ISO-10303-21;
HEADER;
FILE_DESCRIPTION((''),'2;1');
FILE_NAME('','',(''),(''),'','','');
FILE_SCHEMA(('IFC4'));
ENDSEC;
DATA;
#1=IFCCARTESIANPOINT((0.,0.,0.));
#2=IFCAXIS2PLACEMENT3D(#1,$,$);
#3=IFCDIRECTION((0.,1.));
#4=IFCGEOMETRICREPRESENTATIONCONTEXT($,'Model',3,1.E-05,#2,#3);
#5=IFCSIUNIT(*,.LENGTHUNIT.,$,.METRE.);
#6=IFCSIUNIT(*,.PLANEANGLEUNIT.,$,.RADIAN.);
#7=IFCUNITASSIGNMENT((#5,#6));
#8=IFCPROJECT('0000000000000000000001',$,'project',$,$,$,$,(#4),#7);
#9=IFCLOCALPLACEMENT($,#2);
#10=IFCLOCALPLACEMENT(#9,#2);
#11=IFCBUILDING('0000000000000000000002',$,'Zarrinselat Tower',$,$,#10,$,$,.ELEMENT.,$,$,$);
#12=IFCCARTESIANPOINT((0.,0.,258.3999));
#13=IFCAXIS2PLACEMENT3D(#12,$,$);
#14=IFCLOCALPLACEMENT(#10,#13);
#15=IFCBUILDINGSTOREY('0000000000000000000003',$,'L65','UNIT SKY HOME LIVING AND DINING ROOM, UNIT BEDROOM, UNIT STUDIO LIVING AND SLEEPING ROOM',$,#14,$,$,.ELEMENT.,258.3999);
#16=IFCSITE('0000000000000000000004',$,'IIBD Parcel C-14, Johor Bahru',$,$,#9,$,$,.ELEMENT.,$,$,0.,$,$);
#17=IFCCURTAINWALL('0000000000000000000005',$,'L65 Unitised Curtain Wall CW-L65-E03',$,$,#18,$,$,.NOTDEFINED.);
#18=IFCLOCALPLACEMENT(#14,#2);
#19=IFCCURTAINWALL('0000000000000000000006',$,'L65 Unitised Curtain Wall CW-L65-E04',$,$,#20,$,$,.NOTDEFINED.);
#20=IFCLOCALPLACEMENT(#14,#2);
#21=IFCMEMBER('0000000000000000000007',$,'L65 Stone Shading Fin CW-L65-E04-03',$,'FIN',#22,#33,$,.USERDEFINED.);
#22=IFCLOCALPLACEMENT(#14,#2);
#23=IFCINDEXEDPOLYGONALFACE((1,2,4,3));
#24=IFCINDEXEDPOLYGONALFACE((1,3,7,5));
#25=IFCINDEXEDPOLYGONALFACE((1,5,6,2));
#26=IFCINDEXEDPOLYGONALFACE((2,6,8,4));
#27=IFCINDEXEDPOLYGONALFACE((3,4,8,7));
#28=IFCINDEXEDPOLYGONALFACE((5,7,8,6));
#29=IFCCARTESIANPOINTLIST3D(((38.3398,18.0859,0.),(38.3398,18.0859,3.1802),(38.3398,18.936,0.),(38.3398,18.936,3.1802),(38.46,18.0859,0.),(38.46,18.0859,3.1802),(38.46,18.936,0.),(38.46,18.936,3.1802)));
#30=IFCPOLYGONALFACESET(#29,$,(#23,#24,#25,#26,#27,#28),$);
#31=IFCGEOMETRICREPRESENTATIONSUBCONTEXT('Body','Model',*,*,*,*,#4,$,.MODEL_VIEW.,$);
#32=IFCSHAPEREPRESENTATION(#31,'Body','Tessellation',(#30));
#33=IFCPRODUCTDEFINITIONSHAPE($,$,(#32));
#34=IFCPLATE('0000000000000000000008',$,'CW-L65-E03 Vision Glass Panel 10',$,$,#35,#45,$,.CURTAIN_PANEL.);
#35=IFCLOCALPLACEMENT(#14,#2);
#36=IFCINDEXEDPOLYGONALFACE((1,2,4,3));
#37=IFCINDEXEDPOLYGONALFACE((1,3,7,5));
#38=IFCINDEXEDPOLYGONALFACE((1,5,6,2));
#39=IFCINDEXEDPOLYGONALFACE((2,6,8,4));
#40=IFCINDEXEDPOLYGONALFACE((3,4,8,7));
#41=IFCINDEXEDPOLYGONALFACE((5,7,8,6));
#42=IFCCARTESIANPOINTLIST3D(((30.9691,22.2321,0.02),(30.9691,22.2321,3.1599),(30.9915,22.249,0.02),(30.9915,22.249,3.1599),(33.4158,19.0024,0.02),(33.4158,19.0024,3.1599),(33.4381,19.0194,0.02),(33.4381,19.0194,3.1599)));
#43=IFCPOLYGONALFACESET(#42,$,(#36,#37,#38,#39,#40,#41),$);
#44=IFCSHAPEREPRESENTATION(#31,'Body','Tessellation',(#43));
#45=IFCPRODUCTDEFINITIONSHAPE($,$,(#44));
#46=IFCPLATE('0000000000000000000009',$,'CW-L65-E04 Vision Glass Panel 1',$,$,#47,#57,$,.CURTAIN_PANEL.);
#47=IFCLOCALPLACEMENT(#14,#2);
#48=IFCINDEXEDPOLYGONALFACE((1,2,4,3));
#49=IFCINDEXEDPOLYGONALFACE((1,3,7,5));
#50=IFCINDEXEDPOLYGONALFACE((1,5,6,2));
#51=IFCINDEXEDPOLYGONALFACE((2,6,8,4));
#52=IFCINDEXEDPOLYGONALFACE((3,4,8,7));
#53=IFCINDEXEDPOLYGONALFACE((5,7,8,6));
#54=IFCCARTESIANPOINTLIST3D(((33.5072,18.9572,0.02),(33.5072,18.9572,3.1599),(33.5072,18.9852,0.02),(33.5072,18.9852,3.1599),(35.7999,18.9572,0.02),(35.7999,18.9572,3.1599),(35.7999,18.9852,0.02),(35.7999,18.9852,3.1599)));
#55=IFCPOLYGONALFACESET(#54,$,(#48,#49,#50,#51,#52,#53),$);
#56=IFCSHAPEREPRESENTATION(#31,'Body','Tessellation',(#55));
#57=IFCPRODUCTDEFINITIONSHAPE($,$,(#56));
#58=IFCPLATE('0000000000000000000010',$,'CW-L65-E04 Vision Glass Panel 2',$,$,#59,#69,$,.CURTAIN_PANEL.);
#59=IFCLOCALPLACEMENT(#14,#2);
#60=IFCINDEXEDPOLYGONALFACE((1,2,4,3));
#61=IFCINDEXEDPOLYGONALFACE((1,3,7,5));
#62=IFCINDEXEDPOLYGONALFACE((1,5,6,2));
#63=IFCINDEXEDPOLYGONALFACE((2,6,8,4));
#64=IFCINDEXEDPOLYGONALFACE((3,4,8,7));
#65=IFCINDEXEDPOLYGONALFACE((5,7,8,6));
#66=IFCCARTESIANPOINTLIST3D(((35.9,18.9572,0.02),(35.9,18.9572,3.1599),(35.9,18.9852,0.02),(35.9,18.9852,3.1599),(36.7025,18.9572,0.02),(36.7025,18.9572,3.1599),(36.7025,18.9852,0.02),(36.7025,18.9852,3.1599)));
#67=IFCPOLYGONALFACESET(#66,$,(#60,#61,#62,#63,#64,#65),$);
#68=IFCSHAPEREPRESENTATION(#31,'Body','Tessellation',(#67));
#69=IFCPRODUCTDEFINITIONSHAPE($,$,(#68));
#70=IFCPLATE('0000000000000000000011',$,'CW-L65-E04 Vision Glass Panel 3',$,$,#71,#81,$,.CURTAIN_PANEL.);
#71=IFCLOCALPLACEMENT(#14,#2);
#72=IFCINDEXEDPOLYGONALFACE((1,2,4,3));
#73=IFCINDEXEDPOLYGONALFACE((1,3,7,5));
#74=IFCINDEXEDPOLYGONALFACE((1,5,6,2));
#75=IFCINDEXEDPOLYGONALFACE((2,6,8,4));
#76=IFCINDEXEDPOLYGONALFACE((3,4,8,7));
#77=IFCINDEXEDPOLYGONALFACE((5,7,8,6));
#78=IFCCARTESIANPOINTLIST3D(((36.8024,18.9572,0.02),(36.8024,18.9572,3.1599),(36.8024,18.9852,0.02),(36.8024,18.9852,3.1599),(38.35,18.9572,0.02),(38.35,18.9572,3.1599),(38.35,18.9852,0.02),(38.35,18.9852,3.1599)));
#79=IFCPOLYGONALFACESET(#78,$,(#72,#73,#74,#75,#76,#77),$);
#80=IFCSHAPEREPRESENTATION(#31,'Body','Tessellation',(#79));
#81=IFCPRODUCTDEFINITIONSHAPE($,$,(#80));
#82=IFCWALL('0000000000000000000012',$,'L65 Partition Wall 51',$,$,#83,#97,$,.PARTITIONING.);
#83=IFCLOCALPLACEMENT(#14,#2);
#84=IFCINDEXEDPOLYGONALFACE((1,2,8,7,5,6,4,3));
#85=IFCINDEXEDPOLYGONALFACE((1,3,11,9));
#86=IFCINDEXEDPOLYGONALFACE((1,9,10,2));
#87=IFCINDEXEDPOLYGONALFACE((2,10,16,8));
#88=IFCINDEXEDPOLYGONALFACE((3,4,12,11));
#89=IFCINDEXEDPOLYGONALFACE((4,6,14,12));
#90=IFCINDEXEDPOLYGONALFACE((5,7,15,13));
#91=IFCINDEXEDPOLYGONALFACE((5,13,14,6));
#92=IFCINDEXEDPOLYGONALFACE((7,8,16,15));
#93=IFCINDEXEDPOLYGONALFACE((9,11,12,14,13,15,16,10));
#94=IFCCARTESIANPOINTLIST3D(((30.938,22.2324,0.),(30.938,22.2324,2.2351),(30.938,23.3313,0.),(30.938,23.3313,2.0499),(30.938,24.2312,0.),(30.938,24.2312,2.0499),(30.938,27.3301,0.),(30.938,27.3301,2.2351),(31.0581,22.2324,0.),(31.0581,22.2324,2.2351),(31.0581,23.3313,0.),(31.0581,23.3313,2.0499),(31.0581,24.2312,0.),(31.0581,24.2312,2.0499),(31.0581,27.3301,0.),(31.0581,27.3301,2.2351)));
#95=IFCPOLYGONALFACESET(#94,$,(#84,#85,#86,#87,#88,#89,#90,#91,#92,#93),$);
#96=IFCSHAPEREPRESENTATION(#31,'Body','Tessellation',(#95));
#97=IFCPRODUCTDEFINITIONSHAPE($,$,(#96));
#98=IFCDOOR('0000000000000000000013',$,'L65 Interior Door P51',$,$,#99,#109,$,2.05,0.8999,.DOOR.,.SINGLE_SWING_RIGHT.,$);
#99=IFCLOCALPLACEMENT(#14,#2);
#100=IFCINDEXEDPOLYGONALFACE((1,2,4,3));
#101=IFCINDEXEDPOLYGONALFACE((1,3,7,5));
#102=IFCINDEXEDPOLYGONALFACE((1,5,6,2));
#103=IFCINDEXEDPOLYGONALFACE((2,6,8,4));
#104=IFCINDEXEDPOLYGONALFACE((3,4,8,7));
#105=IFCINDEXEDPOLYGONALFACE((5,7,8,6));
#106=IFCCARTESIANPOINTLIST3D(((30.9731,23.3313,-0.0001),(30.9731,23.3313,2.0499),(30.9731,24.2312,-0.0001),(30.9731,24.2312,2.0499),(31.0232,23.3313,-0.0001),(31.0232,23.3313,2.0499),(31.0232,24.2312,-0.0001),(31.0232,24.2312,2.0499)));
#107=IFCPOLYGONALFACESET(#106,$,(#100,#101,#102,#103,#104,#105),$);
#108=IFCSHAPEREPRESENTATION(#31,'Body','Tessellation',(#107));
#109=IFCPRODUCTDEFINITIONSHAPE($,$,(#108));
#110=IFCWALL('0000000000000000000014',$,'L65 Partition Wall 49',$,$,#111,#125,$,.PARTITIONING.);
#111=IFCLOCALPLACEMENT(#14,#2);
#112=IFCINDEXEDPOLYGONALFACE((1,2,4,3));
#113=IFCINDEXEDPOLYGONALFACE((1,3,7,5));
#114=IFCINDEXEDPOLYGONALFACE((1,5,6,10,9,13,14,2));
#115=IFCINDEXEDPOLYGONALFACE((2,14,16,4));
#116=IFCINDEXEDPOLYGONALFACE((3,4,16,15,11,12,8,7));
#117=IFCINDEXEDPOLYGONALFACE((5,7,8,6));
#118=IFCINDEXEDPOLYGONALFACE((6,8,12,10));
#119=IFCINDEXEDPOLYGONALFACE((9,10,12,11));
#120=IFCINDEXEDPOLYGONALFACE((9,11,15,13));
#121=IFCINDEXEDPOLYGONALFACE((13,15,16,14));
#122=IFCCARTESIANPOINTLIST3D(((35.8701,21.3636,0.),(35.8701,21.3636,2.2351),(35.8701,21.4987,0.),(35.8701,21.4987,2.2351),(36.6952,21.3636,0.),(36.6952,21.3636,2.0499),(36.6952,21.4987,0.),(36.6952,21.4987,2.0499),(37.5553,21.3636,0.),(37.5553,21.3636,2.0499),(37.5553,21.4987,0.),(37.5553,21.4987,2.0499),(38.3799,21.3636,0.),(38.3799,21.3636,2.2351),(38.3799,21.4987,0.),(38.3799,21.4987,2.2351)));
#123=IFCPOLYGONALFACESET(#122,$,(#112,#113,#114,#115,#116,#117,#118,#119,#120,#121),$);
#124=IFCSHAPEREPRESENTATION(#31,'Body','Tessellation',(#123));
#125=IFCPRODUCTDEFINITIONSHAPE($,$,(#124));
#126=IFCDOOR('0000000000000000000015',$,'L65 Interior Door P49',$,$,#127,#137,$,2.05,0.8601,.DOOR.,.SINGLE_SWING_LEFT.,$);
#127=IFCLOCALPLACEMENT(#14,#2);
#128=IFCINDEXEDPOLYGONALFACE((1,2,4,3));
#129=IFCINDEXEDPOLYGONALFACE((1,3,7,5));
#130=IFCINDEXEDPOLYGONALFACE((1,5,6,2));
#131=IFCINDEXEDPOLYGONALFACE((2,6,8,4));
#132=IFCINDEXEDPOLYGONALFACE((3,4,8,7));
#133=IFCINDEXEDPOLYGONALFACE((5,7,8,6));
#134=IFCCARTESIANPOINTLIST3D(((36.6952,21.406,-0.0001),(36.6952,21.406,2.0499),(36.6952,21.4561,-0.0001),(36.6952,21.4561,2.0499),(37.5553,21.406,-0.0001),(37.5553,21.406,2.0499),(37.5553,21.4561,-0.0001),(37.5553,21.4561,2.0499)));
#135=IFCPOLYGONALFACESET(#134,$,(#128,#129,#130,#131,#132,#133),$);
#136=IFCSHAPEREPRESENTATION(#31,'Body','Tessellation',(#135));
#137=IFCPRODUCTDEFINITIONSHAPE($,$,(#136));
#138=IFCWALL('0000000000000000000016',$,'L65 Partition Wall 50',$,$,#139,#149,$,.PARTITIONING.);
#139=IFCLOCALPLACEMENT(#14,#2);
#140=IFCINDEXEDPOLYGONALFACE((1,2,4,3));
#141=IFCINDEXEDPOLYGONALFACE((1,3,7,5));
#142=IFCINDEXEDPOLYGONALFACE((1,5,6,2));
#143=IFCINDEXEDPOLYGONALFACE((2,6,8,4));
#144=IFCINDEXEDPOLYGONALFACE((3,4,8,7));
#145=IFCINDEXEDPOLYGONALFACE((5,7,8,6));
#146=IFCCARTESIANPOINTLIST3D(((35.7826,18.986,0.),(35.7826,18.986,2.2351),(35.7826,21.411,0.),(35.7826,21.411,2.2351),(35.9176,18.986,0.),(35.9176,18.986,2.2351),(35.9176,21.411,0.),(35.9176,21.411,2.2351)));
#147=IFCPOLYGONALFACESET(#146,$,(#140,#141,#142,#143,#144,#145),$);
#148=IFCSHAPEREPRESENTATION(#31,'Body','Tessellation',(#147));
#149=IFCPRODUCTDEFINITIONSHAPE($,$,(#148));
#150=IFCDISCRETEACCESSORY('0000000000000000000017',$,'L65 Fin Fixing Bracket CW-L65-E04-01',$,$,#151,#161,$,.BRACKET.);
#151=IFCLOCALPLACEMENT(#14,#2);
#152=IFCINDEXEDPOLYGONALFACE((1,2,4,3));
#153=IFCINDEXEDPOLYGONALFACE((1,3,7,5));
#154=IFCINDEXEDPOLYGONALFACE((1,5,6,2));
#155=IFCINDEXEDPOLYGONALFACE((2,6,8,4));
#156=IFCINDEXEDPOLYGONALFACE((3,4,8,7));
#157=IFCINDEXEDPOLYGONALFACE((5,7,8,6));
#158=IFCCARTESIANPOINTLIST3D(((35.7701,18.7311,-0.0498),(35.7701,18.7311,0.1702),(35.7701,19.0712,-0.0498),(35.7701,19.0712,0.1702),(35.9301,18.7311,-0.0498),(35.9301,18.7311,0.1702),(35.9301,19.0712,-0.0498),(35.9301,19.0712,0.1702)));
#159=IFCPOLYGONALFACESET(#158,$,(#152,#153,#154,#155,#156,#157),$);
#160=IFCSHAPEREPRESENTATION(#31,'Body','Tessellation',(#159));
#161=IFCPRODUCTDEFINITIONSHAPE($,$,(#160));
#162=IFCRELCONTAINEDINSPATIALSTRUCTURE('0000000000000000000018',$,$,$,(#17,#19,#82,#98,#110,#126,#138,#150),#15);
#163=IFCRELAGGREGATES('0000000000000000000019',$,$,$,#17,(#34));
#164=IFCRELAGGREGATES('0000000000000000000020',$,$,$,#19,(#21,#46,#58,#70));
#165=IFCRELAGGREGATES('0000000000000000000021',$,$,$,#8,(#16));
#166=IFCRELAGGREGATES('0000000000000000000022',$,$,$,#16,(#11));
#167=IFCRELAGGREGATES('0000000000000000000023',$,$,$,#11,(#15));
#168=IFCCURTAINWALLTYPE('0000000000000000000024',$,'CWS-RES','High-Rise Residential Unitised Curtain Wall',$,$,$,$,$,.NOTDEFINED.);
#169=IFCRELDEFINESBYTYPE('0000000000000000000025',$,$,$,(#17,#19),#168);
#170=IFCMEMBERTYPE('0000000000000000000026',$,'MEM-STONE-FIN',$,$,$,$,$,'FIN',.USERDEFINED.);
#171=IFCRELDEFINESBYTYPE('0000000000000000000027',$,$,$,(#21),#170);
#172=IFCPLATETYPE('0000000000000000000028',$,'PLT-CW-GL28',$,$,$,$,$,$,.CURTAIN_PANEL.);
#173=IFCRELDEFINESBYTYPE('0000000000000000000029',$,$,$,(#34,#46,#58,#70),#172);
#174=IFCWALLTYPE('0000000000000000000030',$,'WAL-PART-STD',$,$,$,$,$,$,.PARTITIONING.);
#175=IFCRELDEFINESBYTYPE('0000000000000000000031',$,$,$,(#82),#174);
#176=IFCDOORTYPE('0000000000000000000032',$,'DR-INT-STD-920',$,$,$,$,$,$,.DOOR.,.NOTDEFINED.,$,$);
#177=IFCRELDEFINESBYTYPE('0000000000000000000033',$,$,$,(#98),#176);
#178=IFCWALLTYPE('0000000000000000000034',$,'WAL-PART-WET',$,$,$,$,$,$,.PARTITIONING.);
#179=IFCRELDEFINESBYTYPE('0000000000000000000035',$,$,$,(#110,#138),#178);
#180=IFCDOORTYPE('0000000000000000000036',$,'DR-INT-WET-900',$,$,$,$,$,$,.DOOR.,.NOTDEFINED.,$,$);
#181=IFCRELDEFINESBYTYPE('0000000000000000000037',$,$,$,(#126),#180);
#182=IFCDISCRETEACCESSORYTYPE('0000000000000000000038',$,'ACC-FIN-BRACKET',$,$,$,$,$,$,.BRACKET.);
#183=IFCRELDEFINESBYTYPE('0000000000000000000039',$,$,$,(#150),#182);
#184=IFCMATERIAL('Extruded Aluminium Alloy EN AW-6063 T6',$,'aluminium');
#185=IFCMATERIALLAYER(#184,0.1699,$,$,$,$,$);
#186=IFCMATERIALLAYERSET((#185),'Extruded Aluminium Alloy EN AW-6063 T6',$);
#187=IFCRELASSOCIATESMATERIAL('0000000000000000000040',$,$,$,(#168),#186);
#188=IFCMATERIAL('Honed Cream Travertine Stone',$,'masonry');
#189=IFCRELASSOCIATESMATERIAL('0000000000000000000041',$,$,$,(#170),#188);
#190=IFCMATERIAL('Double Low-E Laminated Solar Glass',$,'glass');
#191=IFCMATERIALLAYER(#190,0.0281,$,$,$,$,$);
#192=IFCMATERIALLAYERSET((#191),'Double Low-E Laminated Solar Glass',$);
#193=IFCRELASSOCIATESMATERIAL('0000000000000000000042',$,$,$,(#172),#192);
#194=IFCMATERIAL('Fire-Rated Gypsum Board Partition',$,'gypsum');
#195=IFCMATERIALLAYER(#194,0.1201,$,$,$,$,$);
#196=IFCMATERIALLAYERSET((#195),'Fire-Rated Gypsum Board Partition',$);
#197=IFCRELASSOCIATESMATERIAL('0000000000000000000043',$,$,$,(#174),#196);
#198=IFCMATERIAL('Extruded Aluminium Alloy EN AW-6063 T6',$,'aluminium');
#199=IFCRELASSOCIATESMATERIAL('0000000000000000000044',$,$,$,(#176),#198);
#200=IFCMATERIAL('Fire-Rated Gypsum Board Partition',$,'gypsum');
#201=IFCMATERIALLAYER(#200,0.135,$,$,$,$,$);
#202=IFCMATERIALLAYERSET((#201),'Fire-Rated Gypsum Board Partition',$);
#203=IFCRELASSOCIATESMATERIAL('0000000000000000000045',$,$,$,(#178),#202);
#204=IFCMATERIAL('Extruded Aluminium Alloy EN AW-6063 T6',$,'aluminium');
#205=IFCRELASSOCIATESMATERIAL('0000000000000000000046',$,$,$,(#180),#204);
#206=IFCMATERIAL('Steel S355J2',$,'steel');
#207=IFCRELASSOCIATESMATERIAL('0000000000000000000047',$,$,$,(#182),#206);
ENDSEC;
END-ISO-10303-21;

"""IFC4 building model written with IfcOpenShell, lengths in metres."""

from ifc_helpers import new_model, si_unit, direction, frame, frame_2d, origin, origin_2d, place, context, subcontext, project, spatial, rectangle, extrude, material, layer, layer_set, material_profile, profile_set, type_object, element, fill, aggregate, save


model = new_model("IFC4")

# Units and contexts
model_context = context("Model", 3, precision=1e-05, world=origin(), true_north=direction((0.0, 1.0)))
body_context = subcontext(model_context, "Body", "Model", "MODEL_VIEW")
ifc_project = project(units=[si_unit("LENGTHUNIT", "METRE"), si_unit("PLANEANGLEUNIT", "RADIAN")], contexts=[model_context])

# Site, building, storey
site_placement = place(None, origin())
site = spatial("IfcSite", under=ifc_project, at=site_placement, Name="IIBD Parcel C-14, Johor Bahru", CompositionType="ELEMENT", RefElevation=0.0)
building_placement = place(site_placement, origin())
building = spatial("IfcBuilding", under=site, at=building_placement, Name="Zarrinselat Tower", CompositionType="ELEMENT")
storey_placement = place(building_placement, frame((0.0, 0.0, 258.3999)))
storey = spatial("IfcBuildingStorey", under=building, at=storey_placement, Name="L65", Description="UNIT SKY HOME LIVING AND DINING ROOM, UNIT BEDROOM, UNIT STUDIO LIVING AND SLEEPING ROOM", CompositionType="ELEMENT", Elevation=258.3999)

# Curtain wall
ifc_material_1 = material(Name="Extruded Aluminium Alloy EN AW-6063 T6", Category="aluminium")
ifc_layer_1 = layer(ifc_material_1, 0.1699)
ifc_layer_set_1 = layer_set([ifc_layer_1], Name="Extruded Aluminium Alloy EN AW-6063 T6")
curtain_wall_type = type_object("IfcCurtainWallType", Name="CWS-RES", Description="High-Rise Residential Unitised Curtain Wall", PredefinedType="NOTDEFINED", material=ifc_layer_set_1)
curtain_wall_1_placement = place(storey_placement, origin())
curtain_wall_1 = element("IfcCurtainWall", 1, at=curtain_wall_1_placement, inside=storey, type_object=curtain_wall_type, Name="L65 Unitised Curtain Wall CW-L65-E03", PredefinedType="NOTDEFINED")

# Curtain wall
curtain_wall_2_placement = place(storey_placement, origin())
curtain_wall_2 = element("IfcCurtainWall", 2, at=curtain_wall_2_placement, inside=storey, type_object=curtain_wall_type, Name="L65 Unitised Curtain Wall CW-L65-E04", PredefinedType="NOTDEFINED")

# Member
ifc_material_2 = material(Name="Honed Cream Travertine Stone", Category="masonry")
ifc_material_profile_1 = material_profile(ifc_material_2, rectangle(XDim=0.1201, YDim=0.8501, at=origin_2d()), Name="FIN 850x120")
ifc_profile_set_1 = profile_set([ifc_material_profile_1], Name="Honed Cream Travertine Stone")
member_type_1 = type_object("IfcMemberType", Name="MEM-STONE-FIN", ElementType="FIN", PredefinedType="USERDEFINED", material=ifc_profile_set_1)
member_1_placement = place(storey_placement, frame((38.3999, 18.511, 0.0), z_axis=(0.0, 0.0, 1.0), x_axis=(-1.0, 0.0, 0.0)))
member_1 = element("IfcMember", 3, at=member_1_placement, type_object=member_type_1, Name="L65 Stone Shading Fin CW-L65-E04-03", ObjectType="FIN", PredefinedType="USERDEFINED", context=body_context, shape_type="SweptSolid", body=[
    extrude(rectangle(XDim=0.1201, YDim=0.8501, at=origin_2d()), origin(), (0.0, 0.0, 1.0), 3.1802),
])

# Plates
ifc_material_3 = material(Name="Double Low-E Laminated Solar Glass", Category="glass")
ifc_layer_2 = layer(ifc_material_3, 0.0281)
ifc_layer_set_2 = layer_set([ifc_layer_2], Name="Double Low-E Laminated Solar Glass")
plate_type = type_object("IfcPlateType", Name="PLT-CW-GL28", PredefinedType="CURTAIN_PANEL", material=ifc_layer_set_2)
plate_1_placement = place(storey_placement, frame((32.2036, 20.6257, 0.02), z_axis=(0.0, 0.0, 1.0), x_axis=(0.603858, -0.797092, 0.0)))
plate_1 = element("IfcPlate", 4, at=plate_1_placement, type_object=plate_type, Name="CW-L65-E03 Vision Glass Panel 10", PredefinedType="CURTAIN_PANEL", context=body_context, shape_type="SweptSolid", body=[
    extrude(rectangle(XDim=4.0518, YDim=0.0281, at=origin_2d()), origin(), (0.0, 0.0, 1.0), 3.1399),
])
aggregate(curtain_wall_1, [plate_1])
plate_2_placement = place(storey_placement, frame((34.6536, 18.9712, 0.02), z_axis=(0.0, 0.0, 1.0), x_axis=(1.0, 0.0, 0.0)))
plate_2 = element("IfcPlate", 5, at=plate_2_placement, type_object=plate_type, Name="CW-L65-E04 Vision Glass Panel 1", PredefinedType="CURTAIN_PANEL", context=body_context, shape_type="SweptSolid", body=[
    extrude(rectangle(XDim=2.2927, YDim=0.0281, at=origin_2d()), origin(), (0.0, 0.0, 1.0), 3.1399),
])
plate_3_placement = place(storey_placement, frame((36.3013, 18.9712, 0.02), z_axis=(0.0, 0.0, 1.0), x_axis=(1.0, 0.0, 0.0)))
plate_3 = element("IfcPlate", 6, at=plate_3_placement, type_object=plate_type, Name="CW-L65-E04 Vision Glass Panel 2", PredefinedType="CURTAIN_PANEL", context=body_context, shape_type="SweptSolid", body=[
    extrude(rectangle(XDim=0.8025, YDim=0.0281, at=origin_2d()), origin(), (0.0, 0.0, 1.0), 3.1399),
])
plate_4_placement = place(storey_placement, frame((37.5762, 18.9712, 0.02), z_axis=(0.0, 0.0, 1.0), x_axis=(1.0, 0.0, 0.0)))
plate_4 = element("IfcPlate", 7, at=plate_4_placement, type_object=plate_type, Name="CW-L65-E04 Vision Glass Panel 3", PredefinedType="CURTAIN_PANEL", context=body_context, shape_type="SweptSolid", body=[
    extrude(rectangle(XDim=1.5476, YDim=0.0281, at=origin_2d()), origin(), (0.0, 0.0, 1.0), 3.1399),
])
aggregate(curtain_wall_2, [member_1, plate_2, plate_3, plate_4])

# Walls, openings, doors
ifc_material_4 = material(Name="Fire-Rated Gypsum Board Partition", Category="gypsum")
ifc_layer_3 = layer(ifc_material_4, 0.1201)
ifc_layer_set_3 = layer_set([ifc_layer_3], Name="Fire-Rated Gypsum Board Partition")
wall_type_1 = type_object("IfcWallType", Name="WAL-PART-STD", PredefinedType="PARTITIONING", material=ifc_layer_set_3)
wall_1_placement = place(storey_placement, frame((30.998, 22.2324, 0.0), z_axis=(0.0, 0.0, 1.0), x_axis=(0.0, 1.0, 0.0)))
wall_1 = element("IfcWall", 8, at=wall_1_placement, inside=storey, type_object=wall_type_1, Name="L65 Partition Wall 51", PredefinedType="PARTITIONING", context=body_context, shape_type="SweptSolid", body=[
    extrude(rectangle(XDim=5.0977, YDim=0.1201, at=frame_2d((2.5488, 0.0))), origin(), (0.0, 0.0, 1.0), 2.2351),
])
opening_1_placement = place(wall_1_placement, frame((1.0989, 0.0, 0.0)))
opening_1 = element("IfcOpeningElement", 9, at=opening_1_placement, cuts=wall_1, PredefinedType="OPENING", context=body_context, shape_type="SweptSolid", body=[
    extrude(rectangle(XDim=0.8999, YDim=2.05, at=frame_2d((0.45, 1.0249))), frame((0.0, 0.0701, 0.0), z_axis=(0.0, -1.0, 0.0), x_axis=(1.0, 0.0, 0.0)), (0.0, 0.0, 1.0), 0.1401),
])
ifc_material_5 = material(Name="Extruded Aluminium Alloy EN AW-6063 T6", Category="aluminium")
door_type_1 = type_object("IfcDoorType", Name="DR-INT-STD-920", OperationType="NOTDEFINED", PredefinedType="DOOR", material=ifc_material_5)
door_1_placement = place(opening_1_placement, origin())
door_1 = element("IfcDoor", 10, at=door_1_placement, inside=storey, type_object=door_type_1, Name="L65 Interior Door P51", OperationType="SINGLE_SWING_RIGHT", OverallHeight=2.05, OverallWidth=0.8999, PredefinedType="DOOR", context=body_context, shape_type="SweptSolid", body=[
    extrude(rectangle(XDim=0.8999, YDim=2.05, at=frame_2d((0.45, 1.0249))), frame((0.0, 0.0249, 0.0), z_axis=(0.0, -1.0, 0.0), x_axis=(1.0, 0.0, 0.0)), (0.0, 0.0, 1.0), 0.05),
])
fill(opening_1, door_1)
ifc_material_6 = material(Name="Fire-Rated Gypsum Board Partition", Category="gypsum")
ifc_layer_4 = layer(ifc_material_6, 0.135)
ifc_layer_set_4 = layer_set([ifc_layer_4], Name="Fire-Rated Gypsum Board Partition")
wall_type_2 = type_object("IfcWallType", Name="WAL-PART-WET", PredefinedType="PARTITIONING", material=ifc_layer_set_4)
wall_2_placement = place(storey_placement, frame((35.8701, 21.4312, 0.0), z_axis=(0.0, 0.0, 1.0), x_axis=(1.0, 0.0, 0.0)))
wall_2 = element("IfcWall", 11, at=wall_2_placement, inside=storey, type_object=wall_type_2, Name="L65 Partition Wall 49", PredefinedType="PARTITIONING", context=body_context, shape_type="SweptSolid", body=[
    extrude(rectangle(XDim=2.5098, YDim=0.135, at=frame_2d((1.2549, 0.0))), origin(), (0.0, 0.0, 1.0), 2.2351),
])
opening_2_placement = place(wall_2_placement, frame((0.825, 0.0, 0.0)))
opening_2 = element("IfcOpeningElement", 12, at=opening_2_placement, cuts=wall_2, PredefinedType="OPENING", context=body_context, shape_type="SweptSolid", body=[
    extrude(rectangle(XDim=0.8601, YDim=2.05, at=frame_2d((0.4302, 1.0249))), frame((0.0, 0.0774, 0.0), z_axis=(0.0, -1.0, 0.0), x_axis=(1.0, 0.0, 0.0)), (0.0, 0.0, 1.0), 0.155),
])
ifc_material_7 = material(Name="Extruded Aluminium Alloy EN AW-6063 T6", Category="aluminium")
door_type_2 = type_object("IfcDoorType", Name="DR-INT-WET-900", OperationType="NOTDEFINED", PredefinedType="DOOR", material=ifc_material_7)
door_2_placement = place(opening_2_placement, origin())
door_2 = element("IfcDoor", 13, at=door_2_placement, inside=storey, type_object=door_type_2, Name="L65 Interior Door P49", OperationType="SINGLE_SWING_LEFT", OverallHeight=2.05, OverallWidth=0.8601, PredefinedType="DOOR", context=body_context, shape_type="SweptSolid", body=[
    extrude(rectangle(XDim=0.8601, YDim=2.05, at=frame_2d((0.4302, 1.0249))), frame((0.0, 0.0249, 0.0), z_axis=(0.0, -1.0, 0.0), x_axis=(1.0, 0.0, 0.0)), (0.0, 0.0, 1.0), 0.05),
])
fill(opening_2, door_2)

# Wall
wall_3_placement = place(storey_placement, frame((35.8501, 18.9861, 0.0), z_axis=(0.0, 0.0, 1.0), x_axis=(0.0, 1.0, 0.0)))
element("IfcWall", 14, at=wall_3_placement, inside=storey, type_object=wall_type_2, Name="L65 Partition Wall 50", PredefinedType="PARTITIONING", context=body_context, shape_type="SweptSolid", body=[
    extrude(rectangle(XDim=2.425, YDim=0.135, at=frame_2d((1.2124, 0.0))), origin(), (0.0, 0.0, 1.0), 2.2351),
])

# Discrete accessory
ifc_material_8 = material(Name="Steel S355J2", Category="steel")
discrete_accessory_type = type_object("IfcDiscreteAccessoryType", Name="ACC-FIN-BRACKET", PredefinedType="BRACKET", material=ifc_material_8)
discrete_accessory_placement = place(storey_placement, frame((35.8501, 18.9011, -0.0498), z_axis=(0.0, 0.0, 1.0), x_axis=(0.0, -1.0, 0.0)))
element("IfcDiscreteAccessory", 15, at=discrete_accessory_placement, inside=storey, type_object=discrete_accessory_type, Name="L65 Fin Fixing Bracket CW-L65-E04-01", PredefinedType="BRACKET", context=body_context, shape_type="SweptSolid", body=[
    extrude(rectangle(XDim=0.3401, YDim=0.1599, at=origin_2d()), origin(), (0.0, 0.0, 1.0), 0.22),
])

save(model, "model.ifc")
